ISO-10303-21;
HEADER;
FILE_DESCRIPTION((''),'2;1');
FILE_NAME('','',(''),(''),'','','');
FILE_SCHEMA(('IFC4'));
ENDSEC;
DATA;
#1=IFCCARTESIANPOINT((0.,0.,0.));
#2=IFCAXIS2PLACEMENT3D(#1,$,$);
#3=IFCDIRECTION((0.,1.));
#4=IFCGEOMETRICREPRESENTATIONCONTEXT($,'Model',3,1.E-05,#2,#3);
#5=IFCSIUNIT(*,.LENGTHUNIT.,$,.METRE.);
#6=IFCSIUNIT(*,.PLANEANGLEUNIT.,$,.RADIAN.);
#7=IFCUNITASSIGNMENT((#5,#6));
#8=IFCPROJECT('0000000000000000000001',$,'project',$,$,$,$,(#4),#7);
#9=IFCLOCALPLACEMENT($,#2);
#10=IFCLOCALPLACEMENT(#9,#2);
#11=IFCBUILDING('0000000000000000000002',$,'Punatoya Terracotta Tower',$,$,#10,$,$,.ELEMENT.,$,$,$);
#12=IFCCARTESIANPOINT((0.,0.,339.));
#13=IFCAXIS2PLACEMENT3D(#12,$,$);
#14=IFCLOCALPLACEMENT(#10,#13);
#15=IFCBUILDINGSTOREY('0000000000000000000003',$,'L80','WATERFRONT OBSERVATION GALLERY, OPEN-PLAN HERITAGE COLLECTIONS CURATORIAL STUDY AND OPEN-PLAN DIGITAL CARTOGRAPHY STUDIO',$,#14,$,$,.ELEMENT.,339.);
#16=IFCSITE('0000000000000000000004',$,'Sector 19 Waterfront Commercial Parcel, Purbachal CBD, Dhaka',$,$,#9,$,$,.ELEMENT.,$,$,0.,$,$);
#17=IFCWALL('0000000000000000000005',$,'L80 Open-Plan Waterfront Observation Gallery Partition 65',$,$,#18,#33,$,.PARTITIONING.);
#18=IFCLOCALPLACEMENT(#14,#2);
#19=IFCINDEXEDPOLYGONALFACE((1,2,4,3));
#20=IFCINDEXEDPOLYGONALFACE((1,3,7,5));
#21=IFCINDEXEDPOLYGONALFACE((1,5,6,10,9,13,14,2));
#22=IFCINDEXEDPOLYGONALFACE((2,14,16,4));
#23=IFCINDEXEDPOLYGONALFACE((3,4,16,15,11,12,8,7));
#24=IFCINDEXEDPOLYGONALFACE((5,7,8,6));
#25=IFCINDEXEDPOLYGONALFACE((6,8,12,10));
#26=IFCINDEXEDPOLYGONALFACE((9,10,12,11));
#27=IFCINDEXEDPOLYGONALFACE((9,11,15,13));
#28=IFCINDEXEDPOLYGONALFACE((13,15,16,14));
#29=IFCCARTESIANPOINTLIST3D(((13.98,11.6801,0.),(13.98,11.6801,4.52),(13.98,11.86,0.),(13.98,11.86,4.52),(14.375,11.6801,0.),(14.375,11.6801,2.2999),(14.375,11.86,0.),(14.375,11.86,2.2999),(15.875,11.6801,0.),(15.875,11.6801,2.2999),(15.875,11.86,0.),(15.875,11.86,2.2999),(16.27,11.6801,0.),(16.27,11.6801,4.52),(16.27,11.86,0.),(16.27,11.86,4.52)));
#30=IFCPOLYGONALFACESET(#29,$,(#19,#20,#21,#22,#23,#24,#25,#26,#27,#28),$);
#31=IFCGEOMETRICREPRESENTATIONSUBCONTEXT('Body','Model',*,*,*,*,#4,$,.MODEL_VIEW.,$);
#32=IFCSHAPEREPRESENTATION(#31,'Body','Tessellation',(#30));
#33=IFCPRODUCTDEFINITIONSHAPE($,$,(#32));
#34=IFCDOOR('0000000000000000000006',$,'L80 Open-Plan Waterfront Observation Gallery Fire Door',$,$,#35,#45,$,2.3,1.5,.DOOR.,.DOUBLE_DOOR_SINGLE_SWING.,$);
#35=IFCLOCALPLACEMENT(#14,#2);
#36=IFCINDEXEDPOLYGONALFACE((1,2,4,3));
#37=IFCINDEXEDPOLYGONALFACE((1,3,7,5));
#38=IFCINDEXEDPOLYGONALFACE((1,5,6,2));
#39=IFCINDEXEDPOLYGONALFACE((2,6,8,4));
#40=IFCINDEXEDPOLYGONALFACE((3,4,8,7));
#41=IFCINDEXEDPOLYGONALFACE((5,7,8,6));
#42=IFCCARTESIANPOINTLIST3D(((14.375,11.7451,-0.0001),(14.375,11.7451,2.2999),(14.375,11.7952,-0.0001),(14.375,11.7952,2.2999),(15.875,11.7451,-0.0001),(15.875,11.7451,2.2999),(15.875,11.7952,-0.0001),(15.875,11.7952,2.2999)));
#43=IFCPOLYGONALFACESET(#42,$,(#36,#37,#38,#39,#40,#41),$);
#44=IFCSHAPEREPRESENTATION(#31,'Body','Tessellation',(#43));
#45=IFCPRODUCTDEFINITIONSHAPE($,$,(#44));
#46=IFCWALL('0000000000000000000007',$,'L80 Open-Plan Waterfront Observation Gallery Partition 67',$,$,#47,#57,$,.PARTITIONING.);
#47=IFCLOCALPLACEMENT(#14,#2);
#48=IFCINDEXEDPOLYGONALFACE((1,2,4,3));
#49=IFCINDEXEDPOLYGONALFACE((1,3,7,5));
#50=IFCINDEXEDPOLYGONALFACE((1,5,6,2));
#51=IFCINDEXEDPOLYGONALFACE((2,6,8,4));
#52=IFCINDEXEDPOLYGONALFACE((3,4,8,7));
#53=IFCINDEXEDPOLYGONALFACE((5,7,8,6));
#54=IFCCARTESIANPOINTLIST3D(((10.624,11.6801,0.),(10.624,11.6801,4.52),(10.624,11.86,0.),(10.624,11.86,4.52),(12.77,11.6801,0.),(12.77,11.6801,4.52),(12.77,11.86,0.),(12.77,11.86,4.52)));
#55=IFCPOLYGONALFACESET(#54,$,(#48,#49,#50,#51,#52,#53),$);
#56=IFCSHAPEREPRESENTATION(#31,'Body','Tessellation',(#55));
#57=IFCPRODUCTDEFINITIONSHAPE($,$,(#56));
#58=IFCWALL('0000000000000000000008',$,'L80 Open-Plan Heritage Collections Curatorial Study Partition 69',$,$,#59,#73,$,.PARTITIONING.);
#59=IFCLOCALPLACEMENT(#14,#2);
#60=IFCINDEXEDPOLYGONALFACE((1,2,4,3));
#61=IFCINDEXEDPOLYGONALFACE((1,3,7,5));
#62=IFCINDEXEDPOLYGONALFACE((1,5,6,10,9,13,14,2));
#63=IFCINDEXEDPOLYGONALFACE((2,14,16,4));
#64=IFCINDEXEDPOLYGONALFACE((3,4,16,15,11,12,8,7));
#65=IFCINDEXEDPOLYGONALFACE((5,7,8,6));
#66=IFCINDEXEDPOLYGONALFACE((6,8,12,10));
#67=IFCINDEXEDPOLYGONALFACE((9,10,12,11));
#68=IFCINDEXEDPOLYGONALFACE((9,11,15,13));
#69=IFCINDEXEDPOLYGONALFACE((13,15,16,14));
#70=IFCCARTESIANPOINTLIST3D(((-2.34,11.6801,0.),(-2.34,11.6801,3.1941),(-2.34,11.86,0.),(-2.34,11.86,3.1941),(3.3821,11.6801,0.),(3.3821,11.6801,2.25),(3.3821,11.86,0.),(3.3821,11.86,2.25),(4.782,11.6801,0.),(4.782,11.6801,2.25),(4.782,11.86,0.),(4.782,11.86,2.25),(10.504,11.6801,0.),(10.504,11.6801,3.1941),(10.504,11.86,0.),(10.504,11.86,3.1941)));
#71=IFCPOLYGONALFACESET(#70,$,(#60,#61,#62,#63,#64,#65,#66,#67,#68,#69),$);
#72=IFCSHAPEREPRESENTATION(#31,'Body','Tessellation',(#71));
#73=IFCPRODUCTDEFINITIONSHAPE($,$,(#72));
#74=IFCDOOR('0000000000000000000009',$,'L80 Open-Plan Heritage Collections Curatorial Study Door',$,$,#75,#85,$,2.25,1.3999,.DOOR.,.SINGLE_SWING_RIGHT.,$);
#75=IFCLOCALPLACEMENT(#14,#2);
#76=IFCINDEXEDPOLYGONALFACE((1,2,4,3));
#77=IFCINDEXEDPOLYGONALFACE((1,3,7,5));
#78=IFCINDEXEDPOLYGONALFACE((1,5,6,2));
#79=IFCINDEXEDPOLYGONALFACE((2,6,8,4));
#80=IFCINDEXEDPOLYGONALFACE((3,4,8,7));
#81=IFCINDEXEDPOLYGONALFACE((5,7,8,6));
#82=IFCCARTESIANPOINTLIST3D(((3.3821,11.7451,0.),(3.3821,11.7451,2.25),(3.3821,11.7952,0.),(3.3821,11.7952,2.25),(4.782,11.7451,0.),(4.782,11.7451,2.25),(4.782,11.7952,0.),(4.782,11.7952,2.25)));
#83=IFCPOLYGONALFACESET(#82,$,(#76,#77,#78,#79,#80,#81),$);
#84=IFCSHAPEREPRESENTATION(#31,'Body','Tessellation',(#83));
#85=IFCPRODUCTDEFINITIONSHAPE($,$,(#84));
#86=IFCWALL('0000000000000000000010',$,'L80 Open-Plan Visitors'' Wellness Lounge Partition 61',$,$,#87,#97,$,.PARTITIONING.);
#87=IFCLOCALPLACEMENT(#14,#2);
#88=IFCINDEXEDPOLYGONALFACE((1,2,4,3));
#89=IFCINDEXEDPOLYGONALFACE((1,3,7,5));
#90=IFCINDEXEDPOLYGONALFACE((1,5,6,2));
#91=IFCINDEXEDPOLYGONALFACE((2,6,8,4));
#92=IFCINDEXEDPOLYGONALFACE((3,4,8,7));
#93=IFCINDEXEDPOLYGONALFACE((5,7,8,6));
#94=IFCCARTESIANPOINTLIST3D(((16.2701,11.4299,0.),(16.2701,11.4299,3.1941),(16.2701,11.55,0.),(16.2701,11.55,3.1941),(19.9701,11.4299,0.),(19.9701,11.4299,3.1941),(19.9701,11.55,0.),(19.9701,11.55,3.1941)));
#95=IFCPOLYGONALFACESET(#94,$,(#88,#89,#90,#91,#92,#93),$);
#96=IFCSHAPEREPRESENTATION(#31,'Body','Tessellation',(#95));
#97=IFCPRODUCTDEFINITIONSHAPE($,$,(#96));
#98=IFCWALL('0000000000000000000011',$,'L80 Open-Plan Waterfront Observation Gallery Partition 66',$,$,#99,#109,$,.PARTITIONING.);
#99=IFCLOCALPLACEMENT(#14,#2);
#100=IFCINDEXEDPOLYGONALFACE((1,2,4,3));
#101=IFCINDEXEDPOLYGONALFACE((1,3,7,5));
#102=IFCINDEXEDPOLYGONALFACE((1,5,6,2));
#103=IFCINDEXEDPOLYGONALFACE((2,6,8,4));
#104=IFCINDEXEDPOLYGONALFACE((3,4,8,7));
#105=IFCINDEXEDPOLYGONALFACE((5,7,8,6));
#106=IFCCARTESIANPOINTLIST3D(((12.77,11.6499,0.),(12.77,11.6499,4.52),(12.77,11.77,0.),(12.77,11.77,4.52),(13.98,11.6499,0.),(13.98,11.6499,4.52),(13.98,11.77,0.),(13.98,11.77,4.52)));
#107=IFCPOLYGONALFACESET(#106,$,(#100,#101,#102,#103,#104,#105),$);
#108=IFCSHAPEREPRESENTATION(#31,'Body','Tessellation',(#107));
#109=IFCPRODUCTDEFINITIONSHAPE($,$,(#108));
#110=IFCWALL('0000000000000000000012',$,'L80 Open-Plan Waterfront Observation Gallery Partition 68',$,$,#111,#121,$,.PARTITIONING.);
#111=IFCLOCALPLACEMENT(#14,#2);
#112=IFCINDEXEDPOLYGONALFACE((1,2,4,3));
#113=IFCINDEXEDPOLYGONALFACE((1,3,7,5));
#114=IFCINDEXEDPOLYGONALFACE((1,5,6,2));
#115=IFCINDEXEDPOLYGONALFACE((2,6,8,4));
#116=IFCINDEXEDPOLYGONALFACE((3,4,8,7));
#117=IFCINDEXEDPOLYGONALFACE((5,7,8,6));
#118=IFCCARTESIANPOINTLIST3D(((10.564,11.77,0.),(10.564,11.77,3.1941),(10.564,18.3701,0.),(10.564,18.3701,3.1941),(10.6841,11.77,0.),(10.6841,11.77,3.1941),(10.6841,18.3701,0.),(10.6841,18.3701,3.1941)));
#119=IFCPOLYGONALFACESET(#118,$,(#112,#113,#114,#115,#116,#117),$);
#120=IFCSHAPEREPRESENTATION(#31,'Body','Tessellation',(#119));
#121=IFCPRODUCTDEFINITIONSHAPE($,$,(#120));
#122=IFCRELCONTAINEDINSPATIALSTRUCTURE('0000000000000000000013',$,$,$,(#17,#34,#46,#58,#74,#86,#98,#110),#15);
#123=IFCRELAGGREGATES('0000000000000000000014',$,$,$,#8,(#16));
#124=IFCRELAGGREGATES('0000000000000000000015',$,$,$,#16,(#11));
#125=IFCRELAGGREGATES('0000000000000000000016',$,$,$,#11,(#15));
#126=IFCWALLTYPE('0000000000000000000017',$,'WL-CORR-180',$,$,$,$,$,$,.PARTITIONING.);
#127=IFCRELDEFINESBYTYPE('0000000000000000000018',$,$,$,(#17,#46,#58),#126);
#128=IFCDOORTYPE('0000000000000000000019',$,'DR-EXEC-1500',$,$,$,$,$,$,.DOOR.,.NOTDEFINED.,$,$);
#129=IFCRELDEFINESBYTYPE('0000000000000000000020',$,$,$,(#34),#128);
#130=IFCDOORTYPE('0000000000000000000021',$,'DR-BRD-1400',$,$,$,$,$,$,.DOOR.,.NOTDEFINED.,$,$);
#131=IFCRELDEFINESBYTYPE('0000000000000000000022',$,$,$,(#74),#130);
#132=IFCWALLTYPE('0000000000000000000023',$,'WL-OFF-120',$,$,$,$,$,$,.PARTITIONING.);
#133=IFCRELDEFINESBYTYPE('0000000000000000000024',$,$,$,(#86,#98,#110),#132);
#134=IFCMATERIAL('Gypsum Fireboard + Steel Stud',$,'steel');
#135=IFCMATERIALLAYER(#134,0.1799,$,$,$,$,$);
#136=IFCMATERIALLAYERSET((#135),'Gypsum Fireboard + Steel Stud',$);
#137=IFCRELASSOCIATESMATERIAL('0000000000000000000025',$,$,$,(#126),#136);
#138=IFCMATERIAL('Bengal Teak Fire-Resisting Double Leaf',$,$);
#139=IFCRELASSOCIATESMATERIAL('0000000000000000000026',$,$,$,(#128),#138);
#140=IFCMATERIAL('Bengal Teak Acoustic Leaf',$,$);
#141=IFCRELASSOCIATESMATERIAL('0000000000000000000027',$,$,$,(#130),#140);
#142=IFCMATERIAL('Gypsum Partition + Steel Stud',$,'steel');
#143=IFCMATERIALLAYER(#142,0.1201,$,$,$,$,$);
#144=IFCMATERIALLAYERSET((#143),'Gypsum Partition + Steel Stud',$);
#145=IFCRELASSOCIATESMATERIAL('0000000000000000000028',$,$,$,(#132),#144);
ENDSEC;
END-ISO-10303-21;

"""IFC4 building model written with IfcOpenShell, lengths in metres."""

from ifc_helpers import new_model, si_unit, direction, frame, frame_2d, origin, place, context, subcontext, project, spatial, rectangle, extrude, material, layer, layer_set, type_object, element, fill, save


model = new_model("IFC4")

# Units and contexts
model_context = context("Model", 3, precision=1e-05, world=origin(), true_north=direction((0.0, 1.0)))
body_context = subcontext(model_context, "Body", "Model", "MODEL_VIEW")
ifc_project = project(units=[si_unit("LENGTHUNIT", "METRE"), si_unit("PLANEANGLEUNIT", "RADIAN")], contexts=[model_context])

# Site, building, storey
site_placement = place(None, origin())
site = spatial("IfcSite", under=ifc_project, at=site_placement, Name="Sector 19 Waterfront Commercial Parcel, Purbachal CBD, Dhaka", CompositionType="ELEMENT", RefElevation=0.0)
building_placement = place(site_placement, origin())
building = spatial("IfcBuilding", under=site, at=building_placement, Name="Punatoya Terracotta Tower", CompositionType="ELEMENT")
storey_placement = place(building_placement, frame((0.0, 0.0, 339.0)))
storey = spatial("IfcBuildingStorey", under=building, at=storey_placement, Name="L80", Description="WATERFRONT OBSERVATION GALLERY, OPEN-PLAN HERITAGE COLLECTIONS CURATORIAL STUDY AND OPEN-PLAN DIGITAL CARTOGRAPHY STUDIO", CompositionType="ELEMENT", Elevation=339.0)

# Wall, opening, door
ifc_material_1 = material(Name="Gypsum Fireboard + Steel Stud", Category="steel")
ifc_layer_1 = layer(ifc_material_1, 0.1799)
ifc_layer_set_1 = layer_set([ifc_layer_1], Name="Gypsum Fireboard + Steel Stud")
wall_type_1 = type_object("IfcWallType", Name="WL-CORR-180", PredefinedType="PARTITIONING", material=ifc_layer_set_1)
wall_1_placement = place(storey_placement, frame((16.27, 11.77, 0.0), z_axis=(0.0, 0.0, 1.0), x_axis=(-1.0, 0.0, 0.0)))
wall_1 = element("IfcWall", 1, at=wall_1_placement, inside=storey, type_object=wall_type_1, Name="L80 Open-Plan Waterfront Observation Gallery Partition 65", PredefinedType="PARTITIONING", context=body_context, shape_type="SweptSolid", body=[
    extrude(rectangle(XDim=2.29, YDim=0.1799, at=frame_2d((1.145, 0.0))), origin(), (0.0, 0.0, 1.0), 4.52),
])
opening_1_placement = place(wall_1_placement, frame((0.395, 0.0, 0.0)))
opening_1 = element("IfcOpeningElement", 2, at=opening_1_placement, cuts=wall_1, PredefinedType="OPENING", context=body_context, shape_type="SweptSolid", body=[
    extrude(rectangle(XDim=1.5, YDim=2.3, at=frame_2d((0.75, 1.1499))), frame((0.0, 0.0999, 0.0), z_axis=(0.0, -1.0, 0.0), x_axis=(1.0, 0.0, 0.0)), (0.0, 0.0, 1.0), 0.2),
])
ifc_material_2 = material(Name="Bengal Teak Fire-Resisting Double Leaf")
door_type_1 = type_object("IfcDoorType", Name="DR-EXEC-1500", OperationType="NOTDEFINED", PredefinedType="DOOR", material=ifc_material_2)
door_1_placement = place(opening_1_placement, origin())
door_1 = element("IfcDoor", 3, at=door_1_placement, inside=storey, type_object=door_type_1, Name="L80 Open-Plan Waterfront Observation Gallery Fire Door", OperationType="DOUBLE_DOOR_SINGLE_SWING", OverallHeight=2.3, OverallWidth=1.5, PredefinedType="DOOR", context=body_context, shape_type="SweptSolid", body=[
    extrude(rectangle(XDim=1.5, YDim=2.3, at=frame_2d((0.75, 1.1499))), frame((0.0, 0.0249, 0.0), z_axis=(0.0, -1.0, 0.0), x_axis=(1.0, 0.0, 0.0)), (0.0, 0.0, 1.0), 0.05),
])
fill(opening_1, door_1)

# Wall
wall_2_placement = place(storey_placement, frame((12.77, 11.77, 0.0), z_axis=(0.0, 0.0, 1.0), x_axis=(-1.0, 0.0, 0.0)))
element("IfcWall", 4, at=wall_2_placement, inside=storey, type_object=wall_type_1, Name="L80 Open-Plan Waterfront Observation Gallery Partition 67", PredefinedType="PARTITIONING", context=body_context, shape_type="SweptSolid", body=[
    extrude(rectangle(XDim=2.146, YDim=0.1799, at=frame_2d((1.073, 0.0))), origin(), (0.0, 0.0, 1.0), 4.52),
])

# Wall, opening, door
wall_3_placement = place(storey_placement, frame((10.5039, 11.77, 0.0), z_axis=(0.0, 0.0, 1.0), x_axis=(-1.0, 0.0, 0.0)))
wall_3 = element("IfcWall", 5, at=wall_3_placement, inside=storey, type_object=wall_type_1, Name="L80 Open-Plan Heritage Collections Curatorial Study Partition 69", PredefinedType="PARTITIONING", context=body_context, shape_type="SweptSolid", body=[
    extrude(rectangle(XDim=12.844, YDim=0.1799, at=frame_2d((6.4219, 0.0))), origin(), (0.0, 0.0, 1.0), 3.1941),
])
opening_2_placement = place(wall_3_placement, frame((5.7219, 0.0, 0.0)))
opening_2 = element("IfcOpeningElement", 6, at=opening_2_placement, cuts=wall_3, PredefinedType="OPENING", context=body_context, shape_type="SweptSolid", body=[
    extrude(rectangle(XDim=1.3999, YDim=2.25, at=frame_2d((0.7, 1.125))), frame((0.0, 0.0999, 0.0), z_axis=(0.0, -1.0, 0.0), x_axis=(1.0, 0.0, 0.0)), (0.0, 0.0, 1.0), 0.2),
])
ifc_material_3 = material(Name="Bengal Teak Acoustic Leaf")
door_type_2 = type_object("IfcDoorType", Name="DR-BRD-1400", OperationType="NOTDEFINED", PredefinedType="DOOR", material=ifc_material_3)
door_2_placement = place(opening_2_placement, origin())
door_2 = element("IfcDoor", 7, at=door_2_placement, inside=storey, type_object=door_type_2, Name="L80 Open-Plan Heritage Collections Curatorial Study Door", OperationType="SINGLE_SWING_RIGHT", OverallHeight=2.25, OverallWidth=1.3999, PredefinedType="DOOR", context=body_context, shape_type="SweptSolid", body=[
    extrude(rectangle(XDim=1.3999, YDim=2.25, at=frame_2d((0.7, 1.125))), frame((0.0, 0.0249, 0.0), z_axis=(0.0, -1.0, 0.0), x_axis=(1.0, 0.0, 0.0)), (0.0, 0.0, 1.0), 0.05),
])
fill(opening_2, door_2)

# Walls
ifc_material_4 = material(Name="Gypsum Partition + Steel Stud", Category="steel")
ifc_layer_2 = layer(ifc_material_4, 0.1201)
ifc_layer_set_2 = layer_set([ifc_layer_2], Name="Gypsum Partition + Steel Stud")
wall_type_2 = type_object("IfcWallType", Name="WL-OFF-120", PredefinedType="PARTITIONING", material=ifc_layer_set_2)
wall_4_placement = place(storey_placement, frame((16.27, 11.49, 0.0), z_axis=(0.0, 0.0, 1.0), x_axis=(1.0, 0.0, 0.0)))
element("IfcWall", 8, at=wall_4_placement, inside=storey, type_object=wall_type_2, Name="L80 Open-Plan Visitors' Wellness Lounge Partition 61", PredefinedType="PARTITIONING", context=body_context, shape_type="SweptSolid", body=[
    extrude(rectangle(XDim=3.7, YDim=0.1201, at=frame_2d((1.8501, 0.0))), origin(), (0.0, 0.0, 1.0), 3.1941),
])
wall_5_placement = place(storey_placement, frame((13.98, 11.71, 0.0), z_axis=(0.0, 0.0, 1.0), x_axis=(-1.0, 0.0, 0.0)))
element("IfcWall", 9, at=wall_5_placement, inside=storey, type_object=wall_type_2, Name="L80 Open-Plan Waterfront Observation Gallery Partition 66", PredefinedType="PARTITIONING", context=body_context, shape_type="SweptSolid", body=[
    extrude(rectangle(XDim=1.21, YDim=0.1201, at=frame_2d((0.605, 0.0))), origin(), (0.0, 0.0, 1.0), 4.52),
])
wall_6_placement = place(storey_placement, frame((10.624, 11.77, 0.0), z_axis=(0.0, 0.0, 1.0), x_axis=(0.0, 1.0, 0.0)))
element("IfcWall", 10, at=wall_6_placement, inside=storey, type_object=wall_type_2, Name="L80 Open-Plan Waterfront Observation Gallery Partition 68", PredefinedType="PARTITIONING", context=body_context, shape_type="SweptSolid", body=[
    extrude(rectangle(XDim=6.6001, YDim=0.1201, at=frame_2d((3.3, 0.0))), origin(), (0.0, 0.0, 1.0), 3.1941),
])

save(model, "model.ifc")
